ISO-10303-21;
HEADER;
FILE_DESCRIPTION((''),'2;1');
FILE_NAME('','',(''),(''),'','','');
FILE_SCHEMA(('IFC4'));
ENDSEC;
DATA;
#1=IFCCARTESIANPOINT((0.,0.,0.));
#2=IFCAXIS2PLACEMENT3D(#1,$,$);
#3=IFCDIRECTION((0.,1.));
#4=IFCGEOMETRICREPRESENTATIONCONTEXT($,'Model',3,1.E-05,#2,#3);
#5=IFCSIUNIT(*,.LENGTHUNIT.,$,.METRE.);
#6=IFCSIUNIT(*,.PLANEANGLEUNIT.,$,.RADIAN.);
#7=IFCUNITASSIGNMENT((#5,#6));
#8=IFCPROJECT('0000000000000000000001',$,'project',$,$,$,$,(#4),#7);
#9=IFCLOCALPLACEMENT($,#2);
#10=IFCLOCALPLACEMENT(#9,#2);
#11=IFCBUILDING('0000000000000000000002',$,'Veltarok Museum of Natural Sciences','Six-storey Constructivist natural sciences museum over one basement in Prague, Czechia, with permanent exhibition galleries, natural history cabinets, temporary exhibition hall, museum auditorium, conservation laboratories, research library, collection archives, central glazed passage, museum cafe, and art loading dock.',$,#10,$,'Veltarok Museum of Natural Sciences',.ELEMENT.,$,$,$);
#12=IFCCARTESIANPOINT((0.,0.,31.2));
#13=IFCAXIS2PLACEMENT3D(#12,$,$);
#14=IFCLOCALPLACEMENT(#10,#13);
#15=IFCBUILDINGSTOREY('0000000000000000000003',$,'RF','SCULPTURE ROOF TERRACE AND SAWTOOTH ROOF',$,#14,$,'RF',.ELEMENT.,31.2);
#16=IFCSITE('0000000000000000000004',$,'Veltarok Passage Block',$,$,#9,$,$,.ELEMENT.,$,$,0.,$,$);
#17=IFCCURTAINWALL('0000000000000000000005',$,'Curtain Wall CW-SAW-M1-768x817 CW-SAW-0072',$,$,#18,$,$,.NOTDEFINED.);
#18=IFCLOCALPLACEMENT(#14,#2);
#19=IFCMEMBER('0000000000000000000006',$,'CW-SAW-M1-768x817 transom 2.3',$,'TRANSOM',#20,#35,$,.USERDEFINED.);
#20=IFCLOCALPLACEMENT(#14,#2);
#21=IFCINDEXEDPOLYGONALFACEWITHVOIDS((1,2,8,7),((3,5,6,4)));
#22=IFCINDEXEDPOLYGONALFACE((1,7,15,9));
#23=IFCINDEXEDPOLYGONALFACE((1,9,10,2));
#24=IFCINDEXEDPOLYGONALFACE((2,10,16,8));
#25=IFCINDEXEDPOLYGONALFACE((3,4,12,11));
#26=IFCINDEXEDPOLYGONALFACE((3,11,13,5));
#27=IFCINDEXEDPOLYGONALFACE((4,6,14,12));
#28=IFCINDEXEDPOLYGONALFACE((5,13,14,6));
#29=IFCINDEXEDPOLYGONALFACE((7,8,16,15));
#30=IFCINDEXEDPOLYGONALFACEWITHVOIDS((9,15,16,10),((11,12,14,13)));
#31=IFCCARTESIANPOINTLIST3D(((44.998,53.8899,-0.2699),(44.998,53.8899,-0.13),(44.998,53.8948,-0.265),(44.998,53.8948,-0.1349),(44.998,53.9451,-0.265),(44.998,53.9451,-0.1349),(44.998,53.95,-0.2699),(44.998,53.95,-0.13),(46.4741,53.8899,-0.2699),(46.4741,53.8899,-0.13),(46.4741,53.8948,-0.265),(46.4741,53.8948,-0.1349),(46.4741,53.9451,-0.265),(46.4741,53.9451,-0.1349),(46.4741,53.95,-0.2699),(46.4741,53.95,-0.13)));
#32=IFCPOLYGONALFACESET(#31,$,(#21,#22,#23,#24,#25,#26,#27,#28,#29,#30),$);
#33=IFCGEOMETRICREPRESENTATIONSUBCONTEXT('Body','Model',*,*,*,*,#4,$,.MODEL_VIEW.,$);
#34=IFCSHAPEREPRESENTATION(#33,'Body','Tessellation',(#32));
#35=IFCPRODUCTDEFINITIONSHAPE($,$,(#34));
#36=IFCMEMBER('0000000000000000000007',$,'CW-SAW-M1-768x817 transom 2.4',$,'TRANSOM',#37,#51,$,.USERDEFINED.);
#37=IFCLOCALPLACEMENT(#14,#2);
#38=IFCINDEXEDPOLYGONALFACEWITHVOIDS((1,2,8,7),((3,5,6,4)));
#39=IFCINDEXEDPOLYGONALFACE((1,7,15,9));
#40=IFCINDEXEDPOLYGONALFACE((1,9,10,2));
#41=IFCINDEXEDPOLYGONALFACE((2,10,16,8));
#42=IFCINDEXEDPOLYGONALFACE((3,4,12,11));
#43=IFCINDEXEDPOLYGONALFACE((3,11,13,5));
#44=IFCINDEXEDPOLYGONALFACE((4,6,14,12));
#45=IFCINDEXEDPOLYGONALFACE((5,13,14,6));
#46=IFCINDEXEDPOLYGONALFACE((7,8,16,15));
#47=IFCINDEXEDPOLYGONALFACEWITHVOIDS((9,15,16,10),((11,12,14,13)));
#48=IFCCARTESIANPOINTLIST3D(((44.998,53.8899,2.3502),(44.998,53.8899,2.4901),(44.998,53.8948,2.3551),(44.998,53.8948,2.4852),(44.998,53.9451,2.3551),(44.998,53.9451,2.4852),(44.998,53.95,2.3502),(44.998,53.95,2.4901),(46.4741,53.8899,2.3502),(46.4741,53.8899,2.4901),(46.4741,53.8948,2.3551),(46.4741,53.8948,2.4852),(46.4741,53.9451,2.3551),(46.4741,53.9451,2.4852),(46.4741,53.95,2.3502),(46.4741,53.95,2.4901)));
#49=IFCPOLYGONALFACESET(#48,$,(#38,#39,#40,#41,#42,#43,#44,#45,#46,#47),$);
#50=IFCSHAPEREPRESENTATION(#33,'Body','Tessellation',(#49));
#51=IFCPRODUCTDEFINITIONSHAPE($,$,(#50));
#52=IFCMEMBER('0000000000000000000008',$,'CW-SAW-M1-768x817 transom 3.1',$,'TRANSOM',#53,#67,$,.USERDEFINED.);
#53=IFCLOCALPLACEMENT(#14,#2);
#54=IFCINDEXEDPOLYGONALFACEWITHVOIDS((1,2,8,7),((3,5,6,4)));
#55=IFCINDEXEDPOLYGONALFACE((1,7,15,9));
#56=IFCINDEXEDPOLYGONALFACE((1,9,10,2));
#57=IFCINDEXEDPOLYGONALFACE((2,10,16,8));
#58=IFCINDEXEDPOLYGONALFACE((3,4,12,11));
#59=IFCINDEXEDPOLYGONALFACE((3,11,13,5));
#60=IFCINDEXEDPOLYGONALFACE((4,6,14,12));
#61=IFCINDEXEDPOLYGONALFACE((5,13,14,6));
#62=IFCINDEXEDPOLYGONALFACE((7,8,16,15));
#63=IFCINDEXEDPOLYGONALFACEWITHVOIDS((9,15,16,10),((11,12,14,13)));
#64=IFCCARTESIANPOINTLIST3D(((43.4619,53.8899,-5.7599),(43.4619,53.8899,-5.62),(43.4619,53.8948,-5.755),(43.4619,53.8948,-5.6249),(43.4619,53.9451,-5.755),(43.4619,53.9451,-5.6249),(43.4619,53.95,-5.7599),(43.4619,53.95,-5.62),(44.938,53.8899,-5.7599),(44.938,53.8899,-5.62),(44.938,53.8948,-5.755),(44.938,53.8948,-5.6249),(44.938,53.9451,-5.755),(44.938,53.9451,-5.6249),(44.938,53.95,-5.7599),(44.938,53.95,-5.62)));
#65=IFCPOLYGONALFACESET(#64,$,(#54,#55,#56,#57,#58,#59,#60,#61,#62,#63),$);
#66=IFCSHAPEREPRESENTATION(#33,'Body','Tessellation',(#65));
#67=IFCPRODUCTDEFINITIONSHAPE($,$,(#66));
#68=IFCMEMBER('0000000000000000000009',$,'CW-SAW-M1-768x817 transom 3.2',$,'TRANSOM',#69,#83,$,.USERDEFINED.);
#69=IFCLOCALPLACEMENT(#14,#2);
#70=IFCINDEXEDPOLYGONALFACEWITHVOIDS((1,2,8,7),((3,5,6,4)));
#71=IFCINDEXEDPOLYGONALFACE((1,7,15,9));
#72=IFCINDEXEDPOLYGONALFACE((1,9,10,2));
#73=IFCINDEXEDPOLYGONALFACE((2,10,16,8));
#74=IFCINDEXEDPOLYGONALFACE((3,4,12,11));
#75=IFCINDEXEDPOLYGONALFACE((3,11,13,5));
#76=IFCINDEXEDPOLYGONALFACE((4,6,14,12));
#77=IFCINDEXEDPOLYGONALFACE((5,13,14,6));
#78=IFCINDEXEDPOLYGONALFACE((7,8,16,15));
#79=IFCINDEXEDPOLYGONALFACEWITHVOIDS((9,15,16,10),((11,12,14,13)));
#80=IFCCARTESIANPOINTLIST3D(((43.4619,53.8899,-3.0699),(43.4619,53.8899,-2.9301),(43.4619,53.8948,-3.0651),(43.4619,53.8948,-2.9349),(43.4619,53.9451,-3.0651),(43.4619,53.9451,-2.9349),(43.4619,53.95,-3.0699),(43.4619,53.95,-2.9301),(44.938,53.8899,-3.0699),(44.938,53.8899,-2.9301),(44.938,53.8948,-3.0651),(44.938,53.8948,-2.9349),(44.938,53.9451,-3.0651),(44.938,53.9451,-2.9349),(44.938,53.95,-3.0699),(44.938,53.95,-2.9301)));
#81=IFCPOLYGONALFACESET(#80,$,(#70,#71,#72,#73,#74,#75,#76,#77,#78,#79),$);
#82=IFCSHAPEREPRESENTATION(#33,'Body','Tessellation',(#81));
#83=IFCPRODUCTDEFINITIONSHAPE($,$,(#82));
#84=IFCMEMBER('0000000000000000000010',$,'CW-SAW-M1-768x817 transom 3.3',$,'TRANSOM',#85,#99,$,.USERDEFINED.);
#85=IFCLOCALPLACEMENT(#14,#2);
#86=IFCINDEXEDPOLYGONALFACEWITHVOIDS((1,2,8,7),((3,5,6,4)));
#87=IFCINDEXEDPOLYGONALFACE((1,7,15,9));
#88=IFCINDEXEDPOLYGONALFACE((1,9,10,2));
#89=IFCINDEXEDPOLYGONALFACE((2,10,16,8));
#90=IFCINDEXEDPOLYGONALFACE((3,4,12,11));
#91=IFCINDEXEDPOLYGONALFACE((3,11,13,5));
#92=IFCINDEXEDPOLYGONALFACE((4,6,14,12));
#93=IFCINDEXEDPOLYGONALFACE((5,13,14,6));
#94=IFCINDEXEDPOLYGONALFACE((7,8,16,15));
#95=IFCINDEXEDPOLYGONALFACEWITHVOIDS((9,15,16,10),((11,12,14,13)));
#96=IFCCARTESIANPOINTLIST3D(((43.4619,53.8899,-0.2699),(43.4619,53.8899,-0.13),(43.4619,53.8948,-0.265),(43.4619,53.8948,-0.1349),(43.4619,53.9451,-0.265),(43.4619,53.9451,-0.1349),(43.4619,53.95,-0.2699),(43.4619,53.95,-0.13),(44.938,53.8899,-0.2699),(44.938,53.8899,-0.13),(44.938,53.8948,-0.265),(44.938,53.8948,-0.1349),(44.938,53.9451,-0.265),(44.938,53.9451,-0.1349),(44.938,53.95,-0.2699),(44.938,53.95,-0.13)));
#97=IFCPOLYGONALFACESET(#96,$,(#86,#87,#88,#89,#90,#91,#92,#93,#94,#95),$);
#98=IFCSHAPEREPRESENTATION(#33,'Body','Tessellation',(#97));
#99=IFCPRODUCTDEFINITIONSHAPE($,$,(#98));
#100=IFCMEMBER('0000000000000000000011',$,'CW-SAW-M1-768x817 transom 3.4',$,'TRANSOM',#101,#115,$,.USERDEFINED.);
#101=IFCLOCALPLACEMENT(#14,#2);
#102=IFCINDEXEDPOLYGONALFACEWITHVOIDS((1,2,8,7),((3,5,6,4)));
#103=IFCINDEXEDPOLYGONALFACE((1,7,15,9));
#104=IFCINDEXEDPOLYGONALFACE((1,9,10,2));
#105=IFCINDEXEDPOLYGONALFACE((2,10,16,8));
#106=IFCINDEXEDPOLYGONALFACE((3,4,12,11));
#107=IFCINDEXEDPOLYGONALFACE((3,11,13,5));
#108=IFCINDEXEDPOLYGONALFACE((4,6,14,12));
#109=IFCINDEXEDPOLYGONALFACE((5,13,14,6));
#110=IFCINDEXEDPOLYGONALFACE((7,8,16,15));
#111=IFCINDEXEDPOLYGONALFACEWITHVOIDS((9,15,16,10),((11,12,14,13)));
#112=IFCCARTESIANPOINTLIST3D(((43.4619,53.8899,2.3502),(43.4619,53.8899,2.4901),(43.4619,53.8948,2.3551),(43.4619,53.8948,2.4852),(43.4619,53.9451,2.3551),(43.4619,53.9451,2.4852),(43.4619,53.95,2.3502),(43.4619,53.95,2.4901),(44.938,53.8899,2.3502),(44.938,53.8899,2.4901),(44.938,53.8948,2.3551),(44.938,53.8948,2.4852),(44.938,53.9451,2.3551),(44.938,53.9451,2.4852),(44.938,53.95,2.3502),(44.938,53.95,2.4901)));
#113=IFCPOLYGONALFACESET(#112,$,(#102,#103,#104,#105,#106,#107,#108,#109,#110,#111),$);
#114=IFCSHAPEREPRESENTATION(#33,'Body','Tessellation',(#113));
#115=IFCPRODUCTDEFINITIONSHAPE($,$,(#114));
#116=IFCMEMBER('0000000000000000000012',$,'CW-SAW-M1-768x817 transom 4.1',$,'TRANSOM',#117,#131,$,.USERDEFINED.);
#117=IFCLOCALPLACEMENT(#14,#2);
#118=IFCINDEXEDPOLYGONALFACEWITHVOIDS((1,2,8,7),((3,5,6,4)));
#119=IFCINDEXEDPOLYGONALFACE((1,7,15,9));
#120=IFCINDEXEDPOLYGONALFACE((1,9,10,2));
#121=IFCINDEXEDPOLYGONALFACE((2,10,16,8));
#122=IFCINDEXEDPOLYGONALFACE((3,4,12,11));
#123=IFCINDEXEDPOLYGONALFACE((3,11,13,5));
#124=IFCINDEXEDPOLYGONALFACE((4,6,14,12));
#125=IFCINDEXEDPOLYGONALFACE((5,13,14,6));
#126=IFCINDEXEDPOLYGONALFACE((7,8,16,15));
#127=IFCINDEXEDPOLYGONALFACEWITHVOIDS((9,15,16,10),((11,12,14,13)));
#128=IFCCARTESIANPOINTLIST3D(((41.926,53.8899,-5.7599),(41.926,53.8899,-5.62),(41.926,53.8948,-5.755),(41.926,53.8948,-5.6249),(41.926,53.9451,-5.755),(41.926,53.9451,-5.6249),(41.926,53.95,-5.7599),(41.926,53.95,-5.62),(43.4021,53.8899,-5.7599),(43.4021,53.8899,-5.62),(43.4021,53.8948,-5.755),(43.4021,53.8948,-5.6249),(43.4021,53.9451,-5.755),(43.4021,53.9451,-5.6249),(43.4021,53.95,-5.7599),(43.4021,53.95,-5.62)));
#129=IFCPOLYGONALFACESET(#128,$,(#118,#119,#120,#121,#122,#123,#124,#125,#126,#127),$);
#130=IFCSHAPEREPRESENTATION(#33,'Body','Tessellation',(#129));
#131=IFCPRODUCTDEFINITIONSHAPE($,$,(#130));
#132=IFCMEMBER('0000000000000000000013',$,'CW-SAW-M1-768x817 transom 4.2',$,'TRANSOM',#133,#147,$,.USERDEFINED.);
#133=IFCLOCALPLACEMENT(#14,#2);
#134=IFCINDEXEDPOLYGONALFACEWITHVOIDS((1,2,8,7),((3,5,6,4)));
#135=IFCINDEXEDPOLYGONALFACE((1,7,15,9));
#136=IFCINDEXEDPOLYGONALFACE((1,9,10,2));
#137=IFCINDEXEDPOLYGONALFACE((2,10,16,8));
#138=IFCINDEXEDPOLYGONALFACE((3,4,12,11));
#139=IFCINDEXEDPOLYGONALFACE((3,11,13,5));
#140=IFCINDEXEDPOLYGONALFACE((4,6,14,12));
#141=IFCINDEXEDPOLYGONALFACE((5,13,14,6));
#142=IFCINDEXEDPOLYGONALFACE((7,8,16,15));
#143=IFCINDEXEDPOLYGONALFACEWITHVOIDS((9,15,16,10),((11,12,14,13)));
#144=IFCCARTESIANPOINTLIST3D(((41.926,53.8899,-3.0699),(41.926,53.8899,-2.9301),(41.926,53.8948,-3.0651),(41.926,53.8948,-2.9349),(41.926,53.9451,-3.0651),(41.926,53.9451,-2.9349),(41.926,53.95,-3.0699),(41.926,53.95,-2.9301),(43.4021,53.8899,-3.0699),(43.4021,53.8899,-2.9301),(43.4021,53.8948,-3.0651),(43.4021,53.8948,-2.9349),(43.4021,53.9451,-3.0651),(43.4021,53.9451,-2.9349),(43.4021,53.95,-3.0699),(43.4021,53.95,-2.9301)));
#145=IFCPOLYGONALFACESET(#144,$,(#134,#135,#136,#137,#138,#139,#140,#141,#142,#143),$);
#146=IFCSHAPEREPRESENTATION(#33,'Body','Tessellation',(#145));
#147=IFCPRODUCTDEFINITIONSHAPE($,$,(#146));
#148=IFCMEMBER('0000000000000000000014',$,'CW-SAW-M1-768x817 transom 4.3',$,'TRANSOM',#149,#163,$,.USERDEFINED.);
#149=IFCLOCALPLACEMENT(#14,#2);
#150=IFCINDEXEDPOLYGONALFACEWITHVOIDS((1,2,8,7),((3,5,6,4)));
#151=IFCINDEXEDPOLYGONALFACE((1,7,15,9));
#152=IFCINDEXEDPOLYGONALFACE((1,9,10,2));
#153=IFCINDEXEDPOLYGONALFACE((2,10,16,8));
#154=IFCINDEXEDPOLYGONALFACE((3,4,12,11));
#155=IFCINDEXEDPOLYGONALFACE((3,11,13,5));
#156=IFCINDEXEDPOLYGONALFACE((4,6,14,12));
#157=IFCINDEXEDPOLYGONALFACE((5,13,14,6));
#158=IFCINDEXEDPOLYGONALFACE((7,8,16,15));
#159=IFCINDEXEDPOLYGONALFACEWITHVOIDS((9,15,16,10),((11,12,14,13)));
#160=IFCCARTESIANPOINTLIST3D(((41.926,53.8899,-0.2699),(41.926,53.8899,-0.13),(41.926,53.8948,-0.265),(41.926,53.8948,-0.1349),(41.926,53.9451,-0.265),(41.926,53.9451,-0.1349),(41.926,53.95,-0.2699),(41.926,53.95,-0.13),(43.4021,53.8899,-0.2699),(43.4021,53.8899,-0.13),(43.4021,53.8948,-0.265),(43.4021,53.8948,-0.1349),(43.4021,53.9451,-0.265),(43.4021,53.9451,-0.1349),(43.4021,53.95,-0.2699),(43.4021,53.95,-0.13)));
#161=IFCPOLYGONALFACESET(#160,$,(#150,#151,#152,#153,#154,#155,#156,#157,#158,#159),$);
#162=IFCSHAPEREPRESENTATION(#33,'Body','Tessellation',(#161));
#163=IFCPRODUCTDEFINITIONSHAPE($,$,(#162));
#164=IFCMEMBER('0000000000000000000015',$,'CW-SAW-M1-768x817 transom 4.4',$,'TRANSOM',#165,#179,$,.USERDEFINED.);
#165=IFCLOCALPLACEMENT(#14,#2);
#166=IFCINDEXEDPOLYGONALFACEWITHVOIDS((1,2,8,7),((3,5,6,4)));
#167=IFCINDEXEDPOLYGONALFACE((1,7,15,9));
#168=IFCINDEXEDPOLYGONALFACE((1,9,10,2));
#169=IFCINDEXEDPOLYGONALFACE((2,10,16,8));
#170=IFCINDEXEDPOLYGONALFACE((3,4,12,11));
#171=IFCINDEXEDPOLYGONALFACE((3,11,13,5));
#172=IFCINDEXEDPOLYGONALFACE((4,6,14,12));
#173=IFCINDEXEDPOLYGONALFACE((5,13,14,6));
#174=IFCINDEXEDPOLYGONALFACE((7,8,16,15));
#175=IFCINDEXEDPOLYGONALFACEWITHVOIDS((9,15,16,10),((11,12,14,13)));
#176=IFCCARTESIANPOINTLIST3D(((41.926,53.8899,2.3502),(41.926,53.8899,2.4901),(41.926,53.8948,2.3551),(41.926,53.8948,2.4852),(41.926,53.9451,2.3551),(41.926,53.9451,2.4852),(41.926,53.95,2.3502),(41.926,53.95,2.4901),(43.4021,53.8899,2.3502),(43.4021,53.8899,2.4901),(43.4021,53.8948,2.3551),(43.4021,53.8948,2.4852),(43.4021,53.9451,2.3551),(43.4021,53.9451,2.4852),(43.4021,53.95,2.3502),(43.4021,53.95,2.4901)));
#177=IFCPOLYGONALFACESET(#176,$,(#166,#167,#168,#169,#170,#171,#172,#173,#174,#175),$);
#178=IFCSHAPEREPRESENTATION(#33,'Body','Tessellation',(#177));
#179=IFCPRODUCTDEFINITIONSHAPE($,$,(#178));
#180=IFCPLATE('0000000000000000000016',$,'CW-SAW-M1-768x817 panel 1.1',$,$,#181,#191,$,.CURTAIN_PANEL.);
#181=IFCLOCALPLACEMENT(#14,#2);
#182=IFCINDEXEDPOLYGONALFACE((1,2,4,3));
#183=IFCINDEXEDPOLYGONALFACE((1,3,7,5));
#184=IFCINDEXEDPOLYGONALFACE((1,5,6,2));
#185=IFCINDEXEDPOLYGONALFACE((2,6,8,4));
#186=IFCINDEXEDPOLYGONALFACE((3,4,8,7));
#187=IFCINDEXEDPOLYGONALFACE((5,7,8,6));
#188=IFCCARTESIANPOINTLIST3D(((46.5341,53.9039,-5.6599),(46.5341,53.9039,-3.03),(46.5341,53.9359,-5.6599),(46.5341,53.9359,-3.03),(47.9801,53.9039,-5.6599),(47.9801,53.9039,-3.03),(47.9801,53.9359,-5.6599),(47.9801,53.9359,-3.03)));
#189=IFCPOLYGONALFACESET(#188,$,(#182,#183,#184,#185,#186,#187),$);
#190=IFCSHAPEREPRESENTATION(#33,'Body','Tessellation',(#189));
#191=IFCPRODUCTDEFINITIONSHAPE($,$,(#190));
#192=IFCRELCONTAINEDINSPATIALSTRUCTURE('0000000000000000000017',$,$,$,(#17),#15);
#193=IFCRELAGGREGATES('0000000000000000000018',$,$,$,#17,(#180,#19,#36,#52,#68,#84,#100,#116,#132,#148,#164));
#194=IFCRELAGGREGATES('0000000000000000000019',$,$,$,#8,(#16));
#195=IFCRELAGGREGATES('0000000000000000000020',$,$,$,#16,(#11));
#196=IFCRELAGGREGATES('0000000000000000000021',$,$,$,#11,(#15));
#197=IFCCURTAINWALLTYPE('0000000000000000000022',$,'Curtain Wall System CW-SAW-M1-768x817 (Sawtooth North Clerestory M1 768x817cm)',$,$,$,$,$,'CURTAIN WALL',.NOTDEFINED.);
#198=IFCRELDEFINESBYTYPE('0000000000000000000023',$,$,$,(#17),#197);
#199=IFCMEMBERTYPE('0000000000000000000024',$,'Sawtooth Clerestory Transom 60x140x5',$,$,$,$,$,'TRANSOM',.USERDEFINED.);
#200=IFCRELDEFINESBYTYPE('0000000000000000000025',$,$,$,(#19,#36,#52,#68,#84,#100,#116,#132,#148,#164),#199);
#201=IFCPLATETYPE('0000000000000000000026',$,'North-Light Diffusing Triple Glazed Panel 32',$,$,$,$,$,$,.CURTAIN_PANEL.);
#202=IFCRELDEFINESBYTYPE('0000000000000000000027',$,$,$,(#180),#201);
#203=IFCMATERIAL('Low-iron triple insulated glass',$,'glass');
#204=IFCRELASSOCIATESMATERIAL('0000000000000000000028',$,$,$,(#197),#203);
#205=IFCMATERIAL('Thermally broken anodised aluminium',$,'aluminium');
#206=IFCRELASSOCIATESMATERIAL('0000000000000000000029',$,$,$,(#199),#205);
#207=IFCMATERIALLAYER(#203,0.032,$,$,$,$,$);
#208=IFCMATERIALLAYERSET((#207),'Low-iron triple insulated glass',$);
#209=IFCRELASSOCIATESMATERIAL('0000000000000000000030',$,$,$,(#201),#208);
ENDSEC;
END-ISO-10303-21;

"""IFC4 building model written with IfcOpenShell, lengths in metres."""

from ifc_helpers import new_model, si_unit, direction, frame, origin, origin_2d, place, context, subcontext, project, spatial, rectangle, hollow_rectangle, extrude, material, layer, layer_set, material_profile, profile_set, type_object, element, aggregate, save


model = new_model("IFC4")

# Units and contexts
model_context = context("Model", 3, precision=1e-05, world=origin(), true_north=direction((0.0, 1.0)))
body_context = subcontext(model_context, "Body", "Model", "MODEL_VIEW")
ifc_project = project(units=[si_unit("LENGTHUNIT", "METRE"), si_unit("PLANEANGLEUNIT", "RADIAN")], contexts=[model_context])

# Site, building, storey
site_placement = place(None, origin())
site = spatial("IfcSite", under=ifc_project, at=site_placement, Name="Veltarok Passage Block", CompositionType="ELEMENT", RefElevation=0.0)
building_placement = place(site_placement, origin())
building = spatial("IfcBuilding", under=site, at=building_placement, Name="Veltarok Museum of Natural Sciences", Description="Six-storey Constructivist natural sciences museum over one basement in Prague, Czechia, with permanent exhibition galleries, natural history cabinets, temporary exhibition hall, museum auditorium, conservation laboratories, research library, collection archives, central glazed passage, museum cafe, and art loading dock.", LongName="Veltarok Museum of Natural Sciences", CompositionType="ELEMENT")
storey_placement = place(building_placement, frame((0.0, 0.0, 31.2)))
storey = spatial("IfcBuildingStorey", under=building, at=storey_placement, Name="RF", Description="SCULPTURE ROOF TERRACE AND SAWTOOTH ROOF", LongName="RF", CompositionType="ELEMENT", Elevation=31.2)

# Curtain wall
ifc_material_1 = material(Name="Low-iron triple insulated glass", Category="glass")
curtain_wall_type = type_object("IfcCurtainWallType", Name="Curtain Wall System CW-SAW-M1-768x817 (Sawtooth North Clerestory M1 768x817cm)", ElementType="CURTAIN WALL", PredefinedType="NOTDEFINED", material=ifc_material_1)
curtain_wall_1_placement = place(storey_placement, origin())
curtain_wall_1 = element("IfcCurtainWall", 1, at=curtain_wall_1_placement, inside=storey, type_object=curtain_wall_type, Name="Curtain Wall CW-SAW-M1-768x817 CW-SAW-0072", PredefinedType="NOTDEFINED")
ifc_material_2 = material(Name="Thermally broken anodised aluminium", Category="aluminium")

# Members
ifc_material_profile_1 = material_profile(ifc_material_2, hollow_rectangle(XDim=0.0601, YDim=0.1399, WallThickness=0.0049, at=origin_2d()), Name="CW TRANSOM 60x140x5")
ifc_profile_set_1 = profile_set([ifc_material_profile_1], Name="Thermally broken anodised aluminium")
member_type_1 = type_object("IfcMemberType", Name="Sawtooth Clerestory Transom 60x140x5", ElementType="TRANSOM", PredefinedType="USERDEFINED", material=ifc_profile_set_1)
member_1_placement = place(storey_placement, frame((46.4741, 53.9199, -0.2), z_axis=(-1.0, 0.0, 0.0), x_axis=(0.0, -1.0, 0.0)))
member_1 = element("IfcMember", 2, at=member_1_placement, type_object=member_type_1, Name="CW-SAW-M1-768x817 transom 2.3", ObjectType="TRANSOM", PredefinedType="USERDEFINED", context=body_context, shape_type="SweptSolid", body=[
    extrude(hollow_rectangle(XDim=0.0601, YDim=0.1399, WallThickness=0.0049, at=origin_2d()), origin(), (0.0, 0.0, 1.0), 1.4761),
])
member_2_placement = place(storey_placement, frame((46.4741, 53.9199, 2.4202), z_axis=(-1.0, 0.0, 0.0), x_axis=(0.0, -1.0, 0.0)))
member_2 = element("IfcMember", 3, at=member_2_placement, type_object=member_type_1, Name="CW-SAW-M1-768x817 transom 2.4", ObjectType="TRANSOM", PredefinedType="USERDEFINED", context=body_context, shape_type="SweptSolid", body=[
    extrude(hollow_rectangle(XDim=0.0601, YDim=0.1399, WallThickness=0.0049, at=origin_2d()), origin(), (0.0, 0.0, 1.0), 1.4761),
])
member_3_placement = place(storey_placement, frame((44.938, 53.9199, -5.6899), z_axis=(-1.0, 0.0, 0.0), x_axis=(0.0, -1.0, 0.0)))
member_3 = element("IfcMember", 4, at=member_3_placement, type_object=member_type_1, Name="CW-SAW-M1-768x817 transom 3.1", ObjectType="TRANSOM", PredefinedType="USERDEFINED", context=body_context, shape_type="SweptSolid", body=[
    extrude(hollow_rectangle(XDim=0.0601, YDim=0.1399, WallThickness=0.0049, at=origin_2d()), origin(), (0.0, 0.0, 1.0), 1.4761),
])
member_4_placement = place(storey_placement, frame((44.938, 53.9199, -3.0), z_axis=(-1.0, 0.0, 0.0), x_axis=(0.0, -1.0, 0.0)))
member_4 = element("IfcMember", 5, at=member_4_placement, type_object=member_type_1, Name="CW-SAW-M1-768x817 transom 3.2", ObjectType="TRANSOM", PredefinedType="USERDEFINED", context=body_context, shape_type="SweptSolid", body=[
    extrude(hollow_rectangle(XDim=0.0601, YDim=0.1399, WallThickness=0.0049, at=origin_2d()), origin(), (0.0, 0.0, 1.0), 1.4761),
])
member_5_placement = place(storey_placement, frame((44.938, 53.9199, -0.2), z_axis=(-1.0, 0.0, 0.0), x_axis=(0.0, -1.0, 0.0)))
member_5 = element("IfcMember", 6, at=member_5_placement, type_object=member_type_1, Name="CW-SAW-M1-768x817 transom 3.3", ObjectType="TRANSOM", PredefinedType="USERDEFINED", context=body_context, shape_type="SweptSolid", body=[
    extrude(hollow_rectangle(XDim=0.0601, YDim=0.1399, WallThickness=0.0049, at=origin_2d()), origin(), (0.0, 0.0, 1.0), 1.4761),
])
member_6_placement = place(storey_placement, frame((44.938, 53.9199, 2.4202), z_axis=(-1.0, 0.0, 0.0), x_axis=(0.0, -1.0, 0.0)))
member_6 = element("IfcMember", 7, at=member_6_placement, type_object=member_type_1, Name="CW-SAW-M1-768x817 transom 3.4", ObjectType="TRANSOM", PredefinedType="USERDEFINED", context=body_context, shape_type="SweptSolid", body=[
    extrude(hollow_rectangle(XDim=0.0601, YDim=0.1399, WallThickness=0.0049, at=origin_2d()), origin(), (0.0, 0.0, 1.0), 1.4761),
])
member_7_placement = place(storey_placement, frame((43.4021, 53.9199, -5.6899), z_axis=(-1.0, 0.0, 0.0), x_axis=(0.0, -1.0, 0.0)))
member_7 = element("IfcMember", 8, at=member_7_placement, type_object=member_type_1, Name="CW-SAW-M1-768x817 transom 4.1", ObjectType="TRANSOM", PredefinedType="USERDEFINED", context=body_context, shape_type="SweptSolid", body=[
    extrude(hollow_rectangle(XDim=0.0601, YDim=0.1399, WallThickness=0.0049, at=origin_2d()), origin(), (0.0, 0.0, 1.0), 1.4761),
])
member_8_placement = place(storey_placement, frame((43.4021, 53.9199, -3.0), z_axis=(-1.0, 0.0, 0.0), x_axis=(0.0, -1.0, 0.0)))
member_8 = element("IfcMember", 9, at=member_8_placement, type_object=member_type_1, Name="CW-SAW-M1-768x817 transom 4.2", ObjectType="TRANSOM", PredefinedType="USERDEFINED", context=body_context, shape_type="SweptSolid", body=[
    extrude(hollow_rectangle(XDim=0.0601, YDim=0.1399, WallThickness=0.0049, at=origin_2d()), origin(), (0.0, 0.0, 1.0), 1.4761),
])
member_9_placement = place(storey_placement, frame((43.4021, 53.9199, -0.2), z_axis=(-1.0, 0.0, 0.0), x_axis=(0.0, -1.0, 0.0)))
member_9 = element("IfcMember", 10, at=member_9_placement, type_object=member_type_1, Name="CW-SAW-M1-768x817 transom 4.3", ObjectType="TRANSOM", PredefinedType="USERDEFINED", context=body_context, shape_type="SweptSolid", body=[
    extrude(hollow_rectangle(XDim=0.0601, YDim=0.1399, WallThickness=0.0049, at=origin_2d()), origin(), (0.0, 0.0, 1.0), 1.4761),
])
member_10_placement = place(storey_placement, frame((43.4021, 53.9199, 2.4202), z_axis=(-1.0, 0.0, 0.0), x_axis=(0.0, -1.0, 0.0)))
member_10 = element("IfcMember", 11, at=member_10_placement, type_object=member_type_1, Name="CW-SAW-M1-768x817 transom 4.4", ObjectType="TRANSOM", PredefinedType="USERDEFINED", context=body_context, shape_type="SweptSolid", body=[
    extrude(hollow_rectangle(XDim=0.0601, YDim=0.1399, WallThickness=0.0049, at=origin_2d()), origin(), (0.0, 0.0, 1.0), 1.4761),
])

# Plate
ifc_layer_1 = layer(ifc_material_1, 0.032)
ifc_layer_set_1 = layer_set([ifc_layer_1], Name="Low-iron triple insulated glass")
plate_type = type_object("IfcPlateType", Name="North-Light Diffusing Triple Glazed Panel 32", PredefinedType="CURTAIN_PANEL", material=ifc_layer_set_1)
plate_1_placement = place(storey_placement, frame((47.2571, 53.9199, -5.6599), z_axis=(0.0, 0.0, 1.0), x_axis=(-1.0, 0.0, 0.0)))
plate_1 = element("IfcPlate", 12, at=plate_1_placement, type_object=plate_type, Name="CW-SAW-M1-768x817 panel 1.1", PredefinedType="CURTAIN_PANEL", context=body_context, shape_type="SweptSolid", body=[
    extrude(rectangle(XDim=1.446, YDim=0.032, at=origin_2d()), origin(), (0.0, 0.0, 1.0), 2.6299),
])
aggregate(curtain_wall_1, [plate_1, member_1, member_2, member_3, member_4, member_5, member_6, member_7, member_8, member_9, member_10])

save(model, "model.ifc")
